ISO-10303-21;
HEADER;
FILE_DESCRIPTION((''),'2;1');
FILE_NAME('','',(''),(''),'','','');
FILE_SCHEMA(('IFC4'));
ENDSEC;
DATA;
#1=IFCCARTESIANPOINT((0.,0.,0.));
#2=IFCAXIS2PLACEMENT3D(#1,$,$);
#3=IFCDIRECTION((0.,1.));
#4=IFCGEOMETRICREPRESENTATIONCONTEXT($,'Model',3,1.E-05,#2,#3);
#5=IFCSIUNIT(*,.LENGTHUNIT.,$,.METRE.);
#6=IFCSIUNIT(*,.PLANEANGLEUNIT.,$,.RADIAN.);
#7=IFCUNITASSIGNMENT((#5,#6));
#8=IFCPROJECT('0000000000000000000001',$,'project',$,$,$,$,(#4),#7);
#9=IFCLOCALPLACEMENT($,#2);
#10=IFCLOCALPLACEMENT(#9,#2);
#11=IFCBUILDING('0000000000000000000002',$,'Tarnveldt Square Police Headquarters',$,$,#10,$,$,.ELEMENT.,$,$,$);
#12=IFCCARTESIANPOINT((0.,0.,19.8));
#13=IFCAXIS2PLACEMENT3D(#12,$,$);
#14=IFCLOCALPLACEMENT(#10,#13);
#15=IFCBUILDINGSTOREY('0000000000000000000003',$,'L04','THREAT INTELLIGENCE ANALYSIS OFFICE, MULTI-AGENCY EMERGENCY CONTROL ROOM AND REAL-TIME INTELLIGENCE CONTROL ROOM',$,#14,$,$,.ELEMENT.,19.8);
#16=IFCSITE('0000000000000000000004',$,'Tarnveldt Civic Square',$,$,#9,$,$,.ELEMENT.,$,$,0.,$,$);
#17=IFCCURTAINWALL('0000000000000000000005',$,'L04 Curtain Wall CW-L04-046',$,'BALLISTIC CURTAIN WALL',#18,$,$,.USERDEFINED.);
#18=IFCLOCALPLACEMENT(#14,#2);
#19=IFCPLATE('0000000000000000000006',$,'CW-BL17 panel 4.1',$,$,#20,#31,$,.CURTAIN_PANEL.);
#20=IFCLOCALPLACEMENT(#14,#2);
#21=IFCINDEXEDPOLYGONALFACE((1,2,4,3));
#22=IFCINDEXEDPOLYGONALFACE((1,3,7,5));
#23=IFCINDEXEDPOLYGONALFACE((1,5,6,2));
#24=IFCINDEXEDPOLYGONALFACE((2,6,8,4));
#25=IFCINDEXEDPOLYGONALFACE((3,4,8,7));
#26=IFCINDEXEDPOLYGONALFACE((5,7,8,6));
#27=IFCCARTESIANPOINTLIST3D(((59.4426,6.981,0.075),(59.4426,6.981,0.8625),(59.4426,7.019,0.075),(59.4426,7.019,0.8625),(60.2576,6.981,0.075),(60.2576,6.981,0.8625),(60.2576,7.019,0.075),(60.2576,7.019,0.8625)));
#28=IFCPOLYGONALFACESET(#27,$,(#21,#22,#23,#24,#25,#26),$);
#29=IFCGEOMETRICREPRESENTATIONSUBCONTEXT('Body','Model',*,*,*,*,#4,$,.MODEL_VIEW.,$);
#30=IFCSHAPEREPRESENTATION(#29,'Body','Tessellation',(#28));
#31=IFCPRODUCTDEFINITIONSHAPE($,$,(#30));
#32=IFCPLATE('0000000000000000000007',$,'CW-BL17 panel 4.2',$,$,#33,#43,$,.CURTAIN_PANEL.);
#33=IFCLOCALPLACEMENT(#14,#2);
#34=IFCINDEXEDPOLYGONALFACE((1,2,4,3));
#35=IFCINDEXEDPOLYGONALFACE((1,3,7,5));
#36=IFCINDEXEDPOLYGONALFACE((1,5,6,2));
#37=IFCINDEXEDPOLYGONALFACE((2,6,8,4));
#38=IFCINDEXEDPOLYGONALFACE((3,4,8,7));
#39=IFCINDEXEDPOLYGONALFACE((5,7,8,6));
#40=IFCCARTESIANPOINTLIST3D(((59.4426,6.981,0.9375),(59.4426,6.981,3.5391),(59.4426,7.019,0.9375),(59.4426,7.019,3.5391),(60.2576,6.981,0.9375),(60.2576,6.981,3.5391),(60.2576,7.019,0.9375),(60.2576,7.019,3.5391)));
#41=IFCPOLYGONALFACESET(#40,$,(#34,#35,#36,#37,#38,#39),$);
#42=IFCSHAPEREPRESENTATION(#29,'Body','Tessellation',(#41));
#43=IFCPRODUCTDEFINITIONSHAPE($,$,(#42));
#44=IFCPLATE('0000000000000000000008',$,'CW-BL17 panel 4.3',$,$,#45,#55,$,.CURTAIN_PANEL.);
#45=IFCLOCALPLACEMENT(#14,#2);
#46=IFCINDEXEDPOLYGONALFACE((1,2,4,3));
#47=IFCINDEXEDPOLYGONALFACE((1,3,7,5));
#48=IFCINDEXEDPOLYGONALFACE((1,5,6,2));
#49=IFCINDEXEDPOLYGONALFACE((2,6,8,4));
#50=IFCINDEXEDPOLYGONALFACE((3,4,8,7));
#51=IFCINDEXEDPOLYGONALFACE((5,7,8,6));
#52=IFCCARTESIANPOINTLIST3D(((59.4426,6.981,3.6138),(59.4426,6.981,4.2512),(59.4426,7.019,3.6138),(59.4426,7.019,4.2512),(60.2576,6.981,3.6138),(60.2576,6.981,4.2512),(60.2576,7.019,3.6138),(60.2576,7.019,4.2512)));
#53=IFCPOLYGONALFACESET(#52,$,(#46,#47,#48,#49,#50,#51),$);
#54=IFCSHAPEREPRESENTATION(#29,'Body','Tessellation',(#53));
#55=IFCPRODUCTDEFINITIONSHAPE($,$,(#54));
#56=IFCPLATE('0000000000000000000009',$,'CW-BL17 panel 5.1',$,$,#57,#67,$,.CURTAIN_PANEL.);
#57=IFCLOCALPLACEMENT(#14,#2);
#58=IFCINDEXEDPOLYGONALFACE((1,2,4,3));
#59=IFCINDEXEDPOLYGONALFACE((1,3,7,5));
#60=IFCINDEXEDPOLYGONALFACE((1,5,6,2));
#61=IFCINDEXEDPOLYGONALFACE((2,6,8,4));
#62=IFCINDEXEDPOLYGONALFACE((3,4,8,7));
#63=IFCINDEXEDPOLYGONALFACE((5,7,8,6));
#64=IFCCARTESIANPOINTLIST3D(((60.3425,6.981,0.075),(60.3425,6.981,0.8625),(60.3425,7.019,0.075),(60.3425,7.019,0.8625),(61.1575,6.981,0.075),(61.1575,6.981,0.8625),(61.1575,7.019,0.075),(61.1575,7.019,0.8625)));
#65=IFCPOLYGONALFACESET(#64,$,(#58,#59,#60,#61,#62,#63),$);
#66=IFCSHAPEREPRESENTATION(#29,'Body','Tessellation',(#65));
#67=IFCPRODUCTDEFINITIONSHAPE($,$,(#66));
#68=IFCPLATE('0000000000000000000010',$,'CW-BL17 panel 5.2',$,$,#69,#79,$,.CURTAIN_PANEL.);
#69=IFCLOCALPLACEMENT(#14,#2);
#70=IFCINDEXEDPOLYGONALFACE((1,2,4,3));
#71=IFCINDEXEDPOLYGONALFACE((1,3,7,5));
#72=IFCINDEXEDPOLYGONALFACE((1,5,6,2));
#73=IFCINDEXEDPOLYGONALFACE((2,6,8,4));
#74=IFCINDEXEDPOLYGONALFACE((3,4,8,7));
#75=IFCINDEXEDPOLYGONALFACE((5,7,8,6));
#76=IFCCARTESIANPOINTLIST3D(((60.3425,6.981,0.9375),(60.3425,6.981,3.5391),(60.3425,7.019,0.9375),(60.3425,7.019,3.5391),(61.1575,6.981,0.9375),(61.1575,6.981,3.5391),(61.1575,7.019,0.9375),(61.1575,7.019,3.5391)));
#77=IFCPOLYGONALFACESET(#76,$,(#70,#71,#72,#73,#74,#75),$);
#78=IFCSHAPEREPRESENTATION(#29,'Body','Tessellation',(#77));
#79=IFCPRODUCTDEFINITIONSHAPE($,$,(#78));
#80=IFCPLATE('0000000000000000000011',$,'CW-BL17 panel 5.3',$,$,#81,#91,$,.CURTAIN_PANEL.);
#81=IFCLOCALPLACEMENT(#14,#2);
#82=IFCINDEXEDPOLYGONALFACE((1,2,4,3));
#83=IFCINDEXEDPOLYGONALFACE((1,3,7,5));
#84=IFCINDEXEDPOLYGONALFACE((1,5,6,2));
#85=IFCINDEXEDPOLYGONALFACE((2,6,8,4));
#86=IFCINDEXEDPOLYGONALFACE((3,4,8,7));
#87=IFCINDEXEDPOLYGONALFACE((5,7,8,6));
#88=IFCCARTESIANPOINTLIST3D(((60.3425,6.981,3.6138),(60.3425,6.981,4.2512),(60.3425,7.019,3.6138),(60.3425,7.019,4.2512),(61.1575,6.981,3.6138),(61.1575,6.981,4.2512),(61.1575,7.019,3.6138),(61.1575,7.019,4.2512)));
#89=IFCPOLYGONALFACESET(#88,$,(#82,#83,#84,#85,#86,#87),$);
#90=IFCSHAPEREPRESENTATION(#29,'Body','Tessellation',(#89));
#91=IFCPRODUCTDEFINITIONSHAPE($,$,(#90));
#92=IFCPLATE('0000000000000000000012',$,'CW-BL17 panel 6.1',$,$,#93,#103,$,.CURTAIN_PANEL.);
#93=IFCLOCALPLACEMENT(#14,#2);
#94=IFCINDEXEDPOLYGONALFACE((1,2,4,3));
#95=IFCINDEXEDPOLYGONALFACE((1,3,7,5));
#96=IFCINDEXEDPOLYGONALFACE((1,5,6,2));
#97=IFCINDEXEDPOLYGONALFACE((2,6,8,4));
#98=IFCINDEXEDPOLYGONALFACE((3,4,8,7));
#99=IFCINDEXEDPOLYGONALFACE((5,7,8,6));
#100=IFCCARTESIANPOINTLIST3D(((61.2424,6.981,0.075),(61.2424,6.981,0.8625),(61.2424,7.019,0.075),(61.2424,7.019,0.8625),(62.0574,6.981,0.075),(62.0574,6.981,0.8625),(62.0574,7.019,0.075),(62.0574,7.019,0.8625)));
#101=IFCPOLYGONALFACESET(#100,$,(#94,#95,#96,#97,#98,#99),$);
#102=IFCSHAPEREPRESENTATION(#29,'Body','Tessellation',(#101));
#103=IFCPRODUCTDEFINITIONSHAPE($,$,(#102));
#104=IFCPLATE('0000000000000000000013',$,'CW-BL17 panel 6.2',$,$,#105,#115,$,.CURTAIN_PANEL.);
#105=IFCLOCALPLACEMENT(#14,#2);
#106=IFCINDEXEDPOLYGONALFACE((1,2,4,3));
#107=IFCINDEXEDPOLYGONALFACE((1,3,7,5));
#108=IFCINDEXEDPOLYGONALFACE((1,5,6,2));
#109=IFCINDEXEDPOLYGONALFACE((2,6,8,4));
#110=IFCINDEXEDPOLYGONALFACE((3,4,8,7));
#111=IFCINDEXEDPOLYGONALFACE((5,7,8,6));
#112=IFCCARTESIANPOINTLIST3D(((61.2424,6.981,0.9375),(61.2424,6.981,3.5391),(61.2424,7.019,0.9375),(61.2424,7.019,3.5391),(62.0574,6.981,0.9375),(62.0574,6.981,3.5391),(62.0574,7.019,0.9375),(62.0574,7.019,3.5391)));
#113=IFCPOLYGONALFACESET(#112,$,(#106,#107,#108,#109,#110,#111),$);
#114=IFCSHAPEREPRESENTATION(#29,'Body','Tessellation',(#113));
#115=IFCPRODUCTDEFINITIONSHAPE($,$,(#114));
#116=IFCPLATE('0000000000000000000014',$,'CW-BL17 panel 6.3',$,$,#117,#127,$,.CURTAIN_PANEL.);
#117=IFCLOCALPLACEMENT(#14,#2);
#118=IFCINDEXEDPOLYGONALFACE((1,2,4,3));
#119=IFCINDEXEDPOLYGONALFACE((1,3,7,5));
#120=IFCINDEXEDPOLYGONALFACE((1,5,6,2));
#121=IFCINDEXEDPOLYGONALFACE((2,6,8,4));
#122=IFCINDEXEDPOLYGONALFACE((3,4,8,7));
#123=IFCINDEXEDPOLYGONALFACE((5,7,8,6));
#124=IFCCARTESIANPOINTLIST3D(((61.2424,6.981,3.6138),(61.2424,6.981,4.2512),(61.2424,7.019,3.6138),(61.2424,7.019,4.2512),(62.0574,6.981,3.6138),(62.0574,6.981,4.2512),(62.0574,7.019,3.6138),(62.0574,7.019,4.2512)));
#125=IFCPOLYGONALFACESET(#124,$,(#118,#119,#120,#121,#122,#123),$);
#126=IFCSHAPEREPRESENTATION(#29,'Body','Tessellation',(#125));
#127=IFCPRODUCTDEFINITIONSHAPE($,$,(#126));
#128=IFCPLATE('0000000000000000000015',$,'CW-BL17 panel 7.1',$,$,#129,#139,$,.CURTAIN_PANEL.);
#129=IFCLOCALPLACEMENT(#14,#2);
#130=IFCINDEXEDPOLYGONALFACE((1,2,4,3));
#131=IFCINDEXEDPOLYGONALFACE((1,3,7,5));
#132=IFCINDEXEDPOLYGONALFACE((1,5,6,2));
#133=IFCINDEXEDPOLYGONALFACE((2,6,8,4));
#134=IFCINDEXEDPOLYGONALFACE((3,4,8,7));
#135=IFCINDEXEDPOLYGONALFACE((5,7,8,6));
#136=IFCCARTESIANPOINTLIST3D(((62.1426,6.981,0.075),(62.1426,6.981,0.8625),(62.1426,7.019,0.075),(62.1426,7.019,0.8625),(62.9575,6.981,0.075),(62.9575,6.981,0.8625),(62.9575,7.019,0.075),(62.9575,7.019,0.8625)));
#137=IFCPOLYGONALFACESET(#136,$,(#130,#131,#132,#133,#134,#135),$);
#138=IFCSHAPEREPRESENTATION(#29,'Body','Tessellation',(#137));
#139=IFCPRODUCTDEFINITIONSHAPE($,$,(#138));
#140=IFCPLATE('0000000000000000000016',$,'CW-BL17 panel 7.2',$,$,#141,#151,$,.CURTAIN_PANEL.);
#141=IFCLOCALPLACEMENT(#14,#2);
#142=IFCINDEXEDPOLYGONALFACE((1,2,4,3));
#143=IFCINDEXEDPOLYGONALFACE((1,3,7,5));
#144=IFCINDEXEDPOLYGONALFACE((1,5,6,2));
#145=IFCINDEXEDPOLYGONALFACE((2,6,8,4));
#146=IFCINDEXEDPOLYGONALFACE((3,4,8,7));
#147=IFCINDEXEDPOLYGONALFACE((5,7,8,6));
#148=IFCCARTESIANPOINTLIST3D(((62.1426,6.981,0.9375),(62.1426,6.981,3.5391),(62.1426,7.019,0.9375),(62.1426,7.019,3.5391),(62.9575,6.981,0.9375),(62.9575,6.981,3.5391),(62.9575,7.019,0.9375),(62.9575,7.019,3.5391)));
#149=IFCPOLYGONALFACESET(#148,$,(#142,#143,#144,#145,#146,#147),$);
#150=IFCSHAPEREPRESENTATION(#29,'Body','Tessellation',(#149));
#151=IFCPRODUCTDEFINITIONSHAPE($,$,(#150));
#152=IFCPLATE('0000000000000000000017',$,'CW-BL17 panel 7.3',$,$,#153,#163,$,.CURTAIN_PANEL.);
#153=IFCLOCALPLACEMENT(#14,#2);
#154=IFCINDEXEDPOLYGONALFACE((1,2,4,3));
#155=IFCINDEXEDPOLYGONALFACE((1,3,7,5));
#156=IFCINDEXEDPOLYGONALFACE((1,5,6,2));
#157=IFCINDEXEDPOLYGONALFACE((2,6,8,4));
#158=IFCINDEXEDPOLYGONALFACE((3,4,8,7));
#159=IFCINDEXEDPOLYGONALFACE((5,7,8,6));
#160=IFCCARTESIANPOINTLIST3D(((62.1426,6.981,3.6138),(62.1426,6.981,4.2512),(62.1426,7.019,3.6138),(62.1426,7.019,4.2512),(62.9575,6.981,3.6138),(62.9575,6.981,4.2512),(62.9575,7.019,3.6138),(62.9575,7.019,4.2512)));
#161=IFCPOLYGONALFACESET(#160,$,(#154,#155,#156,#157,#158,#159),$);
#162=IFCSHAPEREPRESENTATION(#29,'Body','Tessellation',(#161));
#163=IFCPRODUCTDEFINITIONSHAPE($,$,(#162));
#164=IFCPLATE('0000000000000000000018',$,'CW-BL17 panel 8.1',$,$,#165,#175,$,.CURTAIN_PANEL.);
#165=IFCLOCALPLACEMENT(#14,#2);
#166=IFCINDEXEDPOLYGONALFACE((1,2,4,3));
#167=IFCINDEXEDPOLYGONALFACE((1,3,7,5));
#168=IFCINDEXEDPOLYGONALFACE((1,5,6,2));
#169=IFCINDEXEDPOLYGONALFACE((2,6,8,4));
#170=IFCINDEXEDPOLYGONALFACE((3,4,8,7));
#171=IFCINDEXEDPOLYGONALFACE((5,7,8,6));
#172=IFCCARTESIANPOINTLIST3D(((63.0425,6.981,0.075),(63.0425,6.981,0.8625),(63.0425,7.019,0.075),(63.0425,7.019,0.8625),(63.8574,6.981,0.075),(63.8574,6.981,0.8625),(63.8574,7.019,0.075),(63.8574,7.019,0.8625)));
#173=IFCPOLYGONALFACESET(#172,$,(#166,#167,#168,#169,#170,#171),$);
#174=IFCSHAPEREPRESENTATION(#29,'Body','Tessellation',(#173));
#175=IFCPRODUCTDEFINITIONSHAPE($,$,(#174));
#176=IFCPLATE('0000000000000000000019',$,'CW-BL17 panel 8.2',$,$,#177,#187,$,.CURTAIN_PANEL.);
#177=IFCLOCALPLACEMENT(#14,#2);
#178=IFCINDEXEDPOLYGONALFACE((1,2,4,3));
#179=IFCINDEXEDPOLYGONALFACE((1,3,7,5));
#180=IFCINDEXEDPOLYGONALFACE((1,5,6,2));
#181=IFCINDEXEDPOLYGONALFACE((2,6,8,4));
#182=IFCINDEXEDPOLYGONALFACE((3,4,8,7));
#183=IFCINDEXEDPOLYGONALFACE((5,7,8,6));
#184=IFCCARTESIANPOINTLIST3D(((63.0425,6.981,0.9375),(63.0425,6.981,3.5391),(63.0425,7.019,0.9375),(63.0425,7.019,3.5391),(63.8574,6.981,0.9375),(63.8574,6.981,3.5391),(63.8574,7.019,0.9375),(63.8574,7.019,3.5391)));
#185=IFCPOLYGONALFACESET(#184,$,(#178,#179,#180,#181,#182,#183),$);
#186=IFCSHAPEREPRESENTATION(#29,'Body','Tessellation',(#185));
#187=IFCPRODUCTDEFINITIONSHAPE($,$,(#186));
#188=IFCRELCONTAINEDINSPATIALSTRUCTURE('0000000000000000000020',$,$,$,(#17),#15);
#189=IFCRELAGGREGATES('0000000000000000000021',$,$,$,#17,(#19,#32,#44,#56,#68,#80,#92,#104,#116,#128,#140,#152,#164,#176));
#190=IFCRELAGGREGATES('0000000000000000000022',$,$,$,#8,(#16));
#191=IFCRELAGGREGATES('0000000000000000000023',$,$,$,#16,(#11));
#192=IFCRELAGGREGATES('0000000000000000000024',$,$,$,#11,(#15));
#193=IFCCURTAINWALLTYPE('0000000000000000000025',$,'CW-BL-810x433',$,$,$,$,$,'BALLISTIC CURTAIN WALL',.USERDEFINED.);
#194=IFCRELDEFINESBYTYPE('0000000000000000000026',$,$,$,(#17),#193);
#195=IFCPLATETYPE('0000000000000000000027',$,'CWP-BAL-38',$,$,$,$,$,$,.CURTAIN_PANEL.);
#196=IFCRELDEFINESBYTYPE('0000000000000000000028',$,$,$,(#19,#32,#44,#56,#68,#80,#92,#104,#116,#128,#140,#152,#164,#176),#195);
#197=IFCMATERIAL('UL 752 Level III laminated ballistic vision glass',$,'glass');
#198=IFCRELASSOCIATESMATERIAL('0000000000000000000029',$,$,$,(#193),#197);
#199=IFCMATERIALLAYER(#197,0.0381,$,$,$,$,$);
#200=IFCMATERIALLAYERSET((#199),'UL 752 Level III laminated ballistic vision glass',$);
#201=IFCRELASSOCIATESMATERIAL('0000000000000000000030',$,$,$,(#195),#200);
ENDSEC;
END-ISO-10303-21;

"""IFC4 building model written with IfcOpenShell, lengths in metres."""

from ifc_helpers import new_model, si_unit, direction, frame, origin, origin_2d, place, context, subcontext, project, spatial, rectangle, extrude, material, layer, layer_set, type_object, element, aggregate, save


model = new_model("IFC4")

# Units and contexts
model_context = context("Model", 3, precision=1e-05, world=origin(), true_north=direction((0.0, 1.0)))
body_context = subcontext(model_context, "Body", "Model", "MODEL_VIEW")
ifc_project = project(units=[si_unit("LENGTHUNIT", "METRE"), si_unit("PLANEANGLEUNIT", "RADIAN")], contexts=[model_context])

# Site, building, storey
site_placement = place(None, origin())
site = spatial("IfcSite", under=ifc_project, at=site_placement, Name="Tarnveldt Civic Square", CompositionType="ELEMENT", RefElevation=0.0)
building_placement = place(site_placement, origin())
building = spatial("IfcBuilding", under=site, at=building_placement, Name="Tarnveldt Square Police Headquarters", CompositionType="ELEMENT")
storey_placement = place(building_placement, frame((0.0, 0.0, 19.8)))
storey = spatial("IfcBuildingStorey", under=building, at=storey_placement, Name="L04", Description="THREAT INTELLIGENCE ANALYSIS OFFICE, MULTI-AGENCY EMERGENCY CONTROL ROOM AND REAL-TIME INTELLIGENCE CONTROL ROOM", CompositionType="ELEMENT", Elevation=19.8)

# Curtain wall, plates
ifc_material_1 = material(Name="UL 752 Level III laminated ballistic vision glass", Category="glass")
curtain_wall_type = type_object("IfcCurtainWallType", Name="CW-BL-810x433", ElementType="BALLISTIC CURTAIN WALL", PredefinedType="USERDEFINED", material=ifc_material_1)
curtain_wall_placement = place(storey_placement, origin())
curtain_wall = element("IfcCurtainWall", 1, at=curtain_wall_placement, inside=storey, type_object=curtain_wall_type, Name="L04 Curtain Wall CW-L04-046", ObjectType="BALLISTIC CURTAIN WALL", PredefinedType="USERDEFINED")
ifc_layer = layer(ifc_material_1, 0.0381)
ifc_layer_set = layer_set([ifc_layer], Name="UL 752 Level III laminated ballistic vision glass")
plate_type = type_object("IfcPlateType", Name="CWP-BAL-38", PredefinedType="CURTAIN_PANEL", material=ifc_layer_set)
plate_1_placement = place(storey_placement, frame((59.8501, 7.0, 0.075), z_axis=(0.0, 0.0, 1.0), x_axis=(1.0, 0.0, 0.0)))
plate_1 = element("IfcPlate", 2, at=plate_1_placement, type_object=plate_type, Name="CW-BL17 panel 4.1", PredefinedType="CURTAIN_PANEL", context=body_context, shape_type="SweptSolid", body=[
    extrude(rectangle(XDim=0.8149, YDim=0.0381, at=origin_2d()), origin(), (0.0, 0.0, 1.0), 0.7876),
])
plate_2_placement = place(storey_placement, frame((59.8501, 7.0, 0.9375), z_axis=(0.0, 0.0, 1.0), x_axis=(1.0, 0.0, 0.0)))
plate_2 = element("IfcPlate", 3, at=plate_2_placement, type_object=plate_type, Name="CW-BL17 panel 4.2", PredefinedType="CURTAIN_PANEL", context=body_context, shape_type="SweptSolid", body=[
    extrude(rectangle(XDim=0.8149, YDim=0.0381, at=origin_2d()), origin(), (0.0, 0.0, 1.0), 2.6016),
])
plate_3_placement = place(storey_placement, frame((59.8501, 7.0, 3.6138), z_axis=(0.0, 0.0, 1.0), x_axis=(1.0, 0.0, 0.0)))
plate_3 = element("IfcPlate", 4, at=plate_3_placement, type_object=plate_type, Name="CW-BL17 panel 4.3", PredefinedType="CURTAIN_PANEL", context=body_context, shape_type="SweptSolid", body=[
    extrude(rectangle(XDim=0.8149, YDim=0.0381, at=origin_2d()), origin(), (0.0, 0.0, 1.0), 0.6375),
])
plate_4_placement = place(storey_placement, frame((60.75, 7.0, 0.075), z_axis=(0.0, 0.0, 1.0), x_axis=(1.0, 0.0, 0.0)))
plate_4 = element("IfcPlate", 5, at=plate_4_placement, type_object=plate_type, Name="CW-BL17 panel 5.1", PredefinedType="CURTAIN_PANEL", context=body_context, shape_type="SweptSolid", body=[
    extrude(rectangle(XDim=0.8149, YDim=0.0381, at=origin_2d()), origin(), (0.0, 0.0, 1.0), 0.7876),
])
plate_5_placement = place(storey_placement, frame((60.75, 7.0, 0.9375), z_axis=(0.0, 0.0, 1.0), x_axis=(1.0, 0.0, 0.0)))
plate_5 = element("IfcPlate", 6, at=plate_5_placement, type_object=plate_type, Name="CW-BL17 panel 5.2", PredefinedType="CURTAIN_PANEL", context=body_context, shape_type="SweptSolid", body=[
    extrude(rectangle(XDim=0.8149, YDim=0.0381, at=origin_2d()), origin(), (0.0, 0.0, 1.0), 2.6016),
])
plate_6_placement = place(storey_placement, frame((60.75, 7.0, 3.6138), z_axis=(0.0, 0.0, 1.0), x_axis=(1.0, 0.0, 0.0)))
plate_6 = element("IfcPlate", 7, at=plate_6_placement, type_object=plate_type, Name="CW-BL17 panel 5.3", PredefinedType="CURTAIN_PANEL", context=body_context, shape_type="SweptSolid", body=[
    extrude(rectangle(XDim=0.8149, YDim=0.0381, at=origin_2d()), origin(), (0.0, 0.0, 1.0), 0.6375),
])
plate_7_placement = place(storey_placement, frame((61.6499, 7.0, 0.075), z_axis=(0.0, 0.0, 1.0), x_axis=(1.0, 0.0, 0.0)))
plate_7 = element("IfcPlate", 8, at=plate_7_placement, type_object=plate_type, Name="CW-BL17 panel 6.1", PredefinedType="CURTAIN_PANEL", context=body_context, shape_type="SweptSolid", body=[
    extrude(rectangle(XDim=0.8149, YDim=0.0381, at=origin_2d()), origin(), (0.0, 0.0, 1.0), 0.7876),
])
plate_8_placement = place(storey_placement, frame((61.6499, 7.0, 0.9375), z_axis=(0.0, 0.0, 1.0), x_axis=(1.0, 0.0, 0.0)))
plate_8 = element("IfcPlate", 9, at=plate_8_placement, type_object=plate_type, Name="CW-BL17 panel 6.2", PredefinedType="CURTAIN_PANEL", context=body_context, shape_type="SweptSolid", body=[
    extrude(rectangle(XDim=0.8149, YDim=0.0381, at=origin_2d()), origin(), (0.0, 0.0, 1.0), 2.6016),
])
plate_9_placement = place(storey_placement, frame((61.6499, 7.0, 3.6138), z_axis=(0.0, 0.0, 1.0), x_axis=(1.0, 0.0, 0.0)))
plate_9 = element("IfcPlate", 10, at=plate_9_placement, type_object=plate_type, Name="CW-BL17 panel 6.3", PredefinedType="CURTAIN_PANEL", context=body_context, shape_type="SweptSolid", body=[
    extrude(rectangle(XDim=0.8149, YDim=0.0381, at=origin_2d()), origin(), (0.0, 0.0, 1.0), 0.6375),
])
plate_10_placement = place(storey_placement, frame((62.55, 7.0, 0.075), z_axis=(0.0, 0.0, 1.0), x_axis=(1.0, 0.0, 0.0)))
plate_10 = element("IfcPlate", 11, at=plate_10_placement, type_object=plate_type, Name="CW-BL17 panel 7.1", PredefinedType="CURTAIN_PANEL", context=body_context, shape_type="SweptSolid", body=[
    extrude(rectangle(XDim=0.8149, YDim=0.0381, at=origin_2d()), origin(), (0.0, 0.0, 1.0), 0.7876),
])
plate_11_placement = place(storey_placement, frame((62.55, 7.0, 0.9375), z_axis=(0.0, 0.0, 1.0), x_axis=(1.0, 0.0, 0.0)))
plate_11 = element("IfcPlate", 12, at=plate_11_placement, type_object=plate_type, Name="CW-BL17 panel 7.2", PredefinedType="CURTAIN_PANEL", context=body_context, shape_type="SweptSolid", body=[
    extrude(rectangle(XDim=0.8149, YDim=0.0381, at=origin_2d()), origin(), (0.0, 0.0, 1.0), 2.6016),
])
plate_12_placement = place(storey_placement, frame((62.55, 7.0, 3.6138), z_axis=(0.0, 0.0, 1.0), x_axis=(1.0, 0.0, 0.0)))
plate_12 = element("IfcPlate", 13, at=plate_12_placement, type_object=plate_type, Name="CW-BL17 panel 7.3", PredefinedType="CURTAIN_PANEL", context=body_context, shape_type="SweptSolid", body=[
    extrude(rectangle(XDim=0.8149, YDim=0.0381, at=origin_2d()), origin(), (0.0, 0.0, 1.0), 0.6375),
])
plate_13_placement = place(storey_placement, frame((63.45, 7.0, 0.075), z_axis=(0.0, 0.0, 1.0), x_axis=(1.0, 0.0, 0.0)))
plate_13 = element("IfcPlate", 14, at=plate_13_placement, type_object=plate_type, Name="CW-BL17 panel 8.1", PredefinedType="CURTAIN_PANEL", context=body_context, shape_type="SweptSolid", body=[
    extrude(rectangle(XDim=0.8149, YDim=0.0381, at=origin_2d()), origin(), (0.0, 0.0, 1.0), 0.7876),
])
plate_14_placement = place(storey_placement, frame((63.45, 7.0, 0.9375), z_axis=(0.0, 0.0, 1.0), x_axis=(1.0, 0.0, 0.0)))
plate_14 = element("IfcPlate", 15, at=plate_14_placement, type_object=plate_type, Name="CW-BL17 panel 8.2", PredefinedType="CURTAIN_PANEL", context=body_context, shape_type="SweptSolid", body=[
    extrude(rectangle(XDim=0.8149, YDim=0.0381, at=origin_2d()), origin(), (0.0, 0.0, 1.0), 2.6016),
])
aggregate(curtain_wall, [plate_1, plate_2, plate_3, plate_4, plate_5, plate_6, plate_7, plate_8, plate_9, plate_10, plate_11, plate_12, plate_13, plate_14])

save(model, "model.ifc")
